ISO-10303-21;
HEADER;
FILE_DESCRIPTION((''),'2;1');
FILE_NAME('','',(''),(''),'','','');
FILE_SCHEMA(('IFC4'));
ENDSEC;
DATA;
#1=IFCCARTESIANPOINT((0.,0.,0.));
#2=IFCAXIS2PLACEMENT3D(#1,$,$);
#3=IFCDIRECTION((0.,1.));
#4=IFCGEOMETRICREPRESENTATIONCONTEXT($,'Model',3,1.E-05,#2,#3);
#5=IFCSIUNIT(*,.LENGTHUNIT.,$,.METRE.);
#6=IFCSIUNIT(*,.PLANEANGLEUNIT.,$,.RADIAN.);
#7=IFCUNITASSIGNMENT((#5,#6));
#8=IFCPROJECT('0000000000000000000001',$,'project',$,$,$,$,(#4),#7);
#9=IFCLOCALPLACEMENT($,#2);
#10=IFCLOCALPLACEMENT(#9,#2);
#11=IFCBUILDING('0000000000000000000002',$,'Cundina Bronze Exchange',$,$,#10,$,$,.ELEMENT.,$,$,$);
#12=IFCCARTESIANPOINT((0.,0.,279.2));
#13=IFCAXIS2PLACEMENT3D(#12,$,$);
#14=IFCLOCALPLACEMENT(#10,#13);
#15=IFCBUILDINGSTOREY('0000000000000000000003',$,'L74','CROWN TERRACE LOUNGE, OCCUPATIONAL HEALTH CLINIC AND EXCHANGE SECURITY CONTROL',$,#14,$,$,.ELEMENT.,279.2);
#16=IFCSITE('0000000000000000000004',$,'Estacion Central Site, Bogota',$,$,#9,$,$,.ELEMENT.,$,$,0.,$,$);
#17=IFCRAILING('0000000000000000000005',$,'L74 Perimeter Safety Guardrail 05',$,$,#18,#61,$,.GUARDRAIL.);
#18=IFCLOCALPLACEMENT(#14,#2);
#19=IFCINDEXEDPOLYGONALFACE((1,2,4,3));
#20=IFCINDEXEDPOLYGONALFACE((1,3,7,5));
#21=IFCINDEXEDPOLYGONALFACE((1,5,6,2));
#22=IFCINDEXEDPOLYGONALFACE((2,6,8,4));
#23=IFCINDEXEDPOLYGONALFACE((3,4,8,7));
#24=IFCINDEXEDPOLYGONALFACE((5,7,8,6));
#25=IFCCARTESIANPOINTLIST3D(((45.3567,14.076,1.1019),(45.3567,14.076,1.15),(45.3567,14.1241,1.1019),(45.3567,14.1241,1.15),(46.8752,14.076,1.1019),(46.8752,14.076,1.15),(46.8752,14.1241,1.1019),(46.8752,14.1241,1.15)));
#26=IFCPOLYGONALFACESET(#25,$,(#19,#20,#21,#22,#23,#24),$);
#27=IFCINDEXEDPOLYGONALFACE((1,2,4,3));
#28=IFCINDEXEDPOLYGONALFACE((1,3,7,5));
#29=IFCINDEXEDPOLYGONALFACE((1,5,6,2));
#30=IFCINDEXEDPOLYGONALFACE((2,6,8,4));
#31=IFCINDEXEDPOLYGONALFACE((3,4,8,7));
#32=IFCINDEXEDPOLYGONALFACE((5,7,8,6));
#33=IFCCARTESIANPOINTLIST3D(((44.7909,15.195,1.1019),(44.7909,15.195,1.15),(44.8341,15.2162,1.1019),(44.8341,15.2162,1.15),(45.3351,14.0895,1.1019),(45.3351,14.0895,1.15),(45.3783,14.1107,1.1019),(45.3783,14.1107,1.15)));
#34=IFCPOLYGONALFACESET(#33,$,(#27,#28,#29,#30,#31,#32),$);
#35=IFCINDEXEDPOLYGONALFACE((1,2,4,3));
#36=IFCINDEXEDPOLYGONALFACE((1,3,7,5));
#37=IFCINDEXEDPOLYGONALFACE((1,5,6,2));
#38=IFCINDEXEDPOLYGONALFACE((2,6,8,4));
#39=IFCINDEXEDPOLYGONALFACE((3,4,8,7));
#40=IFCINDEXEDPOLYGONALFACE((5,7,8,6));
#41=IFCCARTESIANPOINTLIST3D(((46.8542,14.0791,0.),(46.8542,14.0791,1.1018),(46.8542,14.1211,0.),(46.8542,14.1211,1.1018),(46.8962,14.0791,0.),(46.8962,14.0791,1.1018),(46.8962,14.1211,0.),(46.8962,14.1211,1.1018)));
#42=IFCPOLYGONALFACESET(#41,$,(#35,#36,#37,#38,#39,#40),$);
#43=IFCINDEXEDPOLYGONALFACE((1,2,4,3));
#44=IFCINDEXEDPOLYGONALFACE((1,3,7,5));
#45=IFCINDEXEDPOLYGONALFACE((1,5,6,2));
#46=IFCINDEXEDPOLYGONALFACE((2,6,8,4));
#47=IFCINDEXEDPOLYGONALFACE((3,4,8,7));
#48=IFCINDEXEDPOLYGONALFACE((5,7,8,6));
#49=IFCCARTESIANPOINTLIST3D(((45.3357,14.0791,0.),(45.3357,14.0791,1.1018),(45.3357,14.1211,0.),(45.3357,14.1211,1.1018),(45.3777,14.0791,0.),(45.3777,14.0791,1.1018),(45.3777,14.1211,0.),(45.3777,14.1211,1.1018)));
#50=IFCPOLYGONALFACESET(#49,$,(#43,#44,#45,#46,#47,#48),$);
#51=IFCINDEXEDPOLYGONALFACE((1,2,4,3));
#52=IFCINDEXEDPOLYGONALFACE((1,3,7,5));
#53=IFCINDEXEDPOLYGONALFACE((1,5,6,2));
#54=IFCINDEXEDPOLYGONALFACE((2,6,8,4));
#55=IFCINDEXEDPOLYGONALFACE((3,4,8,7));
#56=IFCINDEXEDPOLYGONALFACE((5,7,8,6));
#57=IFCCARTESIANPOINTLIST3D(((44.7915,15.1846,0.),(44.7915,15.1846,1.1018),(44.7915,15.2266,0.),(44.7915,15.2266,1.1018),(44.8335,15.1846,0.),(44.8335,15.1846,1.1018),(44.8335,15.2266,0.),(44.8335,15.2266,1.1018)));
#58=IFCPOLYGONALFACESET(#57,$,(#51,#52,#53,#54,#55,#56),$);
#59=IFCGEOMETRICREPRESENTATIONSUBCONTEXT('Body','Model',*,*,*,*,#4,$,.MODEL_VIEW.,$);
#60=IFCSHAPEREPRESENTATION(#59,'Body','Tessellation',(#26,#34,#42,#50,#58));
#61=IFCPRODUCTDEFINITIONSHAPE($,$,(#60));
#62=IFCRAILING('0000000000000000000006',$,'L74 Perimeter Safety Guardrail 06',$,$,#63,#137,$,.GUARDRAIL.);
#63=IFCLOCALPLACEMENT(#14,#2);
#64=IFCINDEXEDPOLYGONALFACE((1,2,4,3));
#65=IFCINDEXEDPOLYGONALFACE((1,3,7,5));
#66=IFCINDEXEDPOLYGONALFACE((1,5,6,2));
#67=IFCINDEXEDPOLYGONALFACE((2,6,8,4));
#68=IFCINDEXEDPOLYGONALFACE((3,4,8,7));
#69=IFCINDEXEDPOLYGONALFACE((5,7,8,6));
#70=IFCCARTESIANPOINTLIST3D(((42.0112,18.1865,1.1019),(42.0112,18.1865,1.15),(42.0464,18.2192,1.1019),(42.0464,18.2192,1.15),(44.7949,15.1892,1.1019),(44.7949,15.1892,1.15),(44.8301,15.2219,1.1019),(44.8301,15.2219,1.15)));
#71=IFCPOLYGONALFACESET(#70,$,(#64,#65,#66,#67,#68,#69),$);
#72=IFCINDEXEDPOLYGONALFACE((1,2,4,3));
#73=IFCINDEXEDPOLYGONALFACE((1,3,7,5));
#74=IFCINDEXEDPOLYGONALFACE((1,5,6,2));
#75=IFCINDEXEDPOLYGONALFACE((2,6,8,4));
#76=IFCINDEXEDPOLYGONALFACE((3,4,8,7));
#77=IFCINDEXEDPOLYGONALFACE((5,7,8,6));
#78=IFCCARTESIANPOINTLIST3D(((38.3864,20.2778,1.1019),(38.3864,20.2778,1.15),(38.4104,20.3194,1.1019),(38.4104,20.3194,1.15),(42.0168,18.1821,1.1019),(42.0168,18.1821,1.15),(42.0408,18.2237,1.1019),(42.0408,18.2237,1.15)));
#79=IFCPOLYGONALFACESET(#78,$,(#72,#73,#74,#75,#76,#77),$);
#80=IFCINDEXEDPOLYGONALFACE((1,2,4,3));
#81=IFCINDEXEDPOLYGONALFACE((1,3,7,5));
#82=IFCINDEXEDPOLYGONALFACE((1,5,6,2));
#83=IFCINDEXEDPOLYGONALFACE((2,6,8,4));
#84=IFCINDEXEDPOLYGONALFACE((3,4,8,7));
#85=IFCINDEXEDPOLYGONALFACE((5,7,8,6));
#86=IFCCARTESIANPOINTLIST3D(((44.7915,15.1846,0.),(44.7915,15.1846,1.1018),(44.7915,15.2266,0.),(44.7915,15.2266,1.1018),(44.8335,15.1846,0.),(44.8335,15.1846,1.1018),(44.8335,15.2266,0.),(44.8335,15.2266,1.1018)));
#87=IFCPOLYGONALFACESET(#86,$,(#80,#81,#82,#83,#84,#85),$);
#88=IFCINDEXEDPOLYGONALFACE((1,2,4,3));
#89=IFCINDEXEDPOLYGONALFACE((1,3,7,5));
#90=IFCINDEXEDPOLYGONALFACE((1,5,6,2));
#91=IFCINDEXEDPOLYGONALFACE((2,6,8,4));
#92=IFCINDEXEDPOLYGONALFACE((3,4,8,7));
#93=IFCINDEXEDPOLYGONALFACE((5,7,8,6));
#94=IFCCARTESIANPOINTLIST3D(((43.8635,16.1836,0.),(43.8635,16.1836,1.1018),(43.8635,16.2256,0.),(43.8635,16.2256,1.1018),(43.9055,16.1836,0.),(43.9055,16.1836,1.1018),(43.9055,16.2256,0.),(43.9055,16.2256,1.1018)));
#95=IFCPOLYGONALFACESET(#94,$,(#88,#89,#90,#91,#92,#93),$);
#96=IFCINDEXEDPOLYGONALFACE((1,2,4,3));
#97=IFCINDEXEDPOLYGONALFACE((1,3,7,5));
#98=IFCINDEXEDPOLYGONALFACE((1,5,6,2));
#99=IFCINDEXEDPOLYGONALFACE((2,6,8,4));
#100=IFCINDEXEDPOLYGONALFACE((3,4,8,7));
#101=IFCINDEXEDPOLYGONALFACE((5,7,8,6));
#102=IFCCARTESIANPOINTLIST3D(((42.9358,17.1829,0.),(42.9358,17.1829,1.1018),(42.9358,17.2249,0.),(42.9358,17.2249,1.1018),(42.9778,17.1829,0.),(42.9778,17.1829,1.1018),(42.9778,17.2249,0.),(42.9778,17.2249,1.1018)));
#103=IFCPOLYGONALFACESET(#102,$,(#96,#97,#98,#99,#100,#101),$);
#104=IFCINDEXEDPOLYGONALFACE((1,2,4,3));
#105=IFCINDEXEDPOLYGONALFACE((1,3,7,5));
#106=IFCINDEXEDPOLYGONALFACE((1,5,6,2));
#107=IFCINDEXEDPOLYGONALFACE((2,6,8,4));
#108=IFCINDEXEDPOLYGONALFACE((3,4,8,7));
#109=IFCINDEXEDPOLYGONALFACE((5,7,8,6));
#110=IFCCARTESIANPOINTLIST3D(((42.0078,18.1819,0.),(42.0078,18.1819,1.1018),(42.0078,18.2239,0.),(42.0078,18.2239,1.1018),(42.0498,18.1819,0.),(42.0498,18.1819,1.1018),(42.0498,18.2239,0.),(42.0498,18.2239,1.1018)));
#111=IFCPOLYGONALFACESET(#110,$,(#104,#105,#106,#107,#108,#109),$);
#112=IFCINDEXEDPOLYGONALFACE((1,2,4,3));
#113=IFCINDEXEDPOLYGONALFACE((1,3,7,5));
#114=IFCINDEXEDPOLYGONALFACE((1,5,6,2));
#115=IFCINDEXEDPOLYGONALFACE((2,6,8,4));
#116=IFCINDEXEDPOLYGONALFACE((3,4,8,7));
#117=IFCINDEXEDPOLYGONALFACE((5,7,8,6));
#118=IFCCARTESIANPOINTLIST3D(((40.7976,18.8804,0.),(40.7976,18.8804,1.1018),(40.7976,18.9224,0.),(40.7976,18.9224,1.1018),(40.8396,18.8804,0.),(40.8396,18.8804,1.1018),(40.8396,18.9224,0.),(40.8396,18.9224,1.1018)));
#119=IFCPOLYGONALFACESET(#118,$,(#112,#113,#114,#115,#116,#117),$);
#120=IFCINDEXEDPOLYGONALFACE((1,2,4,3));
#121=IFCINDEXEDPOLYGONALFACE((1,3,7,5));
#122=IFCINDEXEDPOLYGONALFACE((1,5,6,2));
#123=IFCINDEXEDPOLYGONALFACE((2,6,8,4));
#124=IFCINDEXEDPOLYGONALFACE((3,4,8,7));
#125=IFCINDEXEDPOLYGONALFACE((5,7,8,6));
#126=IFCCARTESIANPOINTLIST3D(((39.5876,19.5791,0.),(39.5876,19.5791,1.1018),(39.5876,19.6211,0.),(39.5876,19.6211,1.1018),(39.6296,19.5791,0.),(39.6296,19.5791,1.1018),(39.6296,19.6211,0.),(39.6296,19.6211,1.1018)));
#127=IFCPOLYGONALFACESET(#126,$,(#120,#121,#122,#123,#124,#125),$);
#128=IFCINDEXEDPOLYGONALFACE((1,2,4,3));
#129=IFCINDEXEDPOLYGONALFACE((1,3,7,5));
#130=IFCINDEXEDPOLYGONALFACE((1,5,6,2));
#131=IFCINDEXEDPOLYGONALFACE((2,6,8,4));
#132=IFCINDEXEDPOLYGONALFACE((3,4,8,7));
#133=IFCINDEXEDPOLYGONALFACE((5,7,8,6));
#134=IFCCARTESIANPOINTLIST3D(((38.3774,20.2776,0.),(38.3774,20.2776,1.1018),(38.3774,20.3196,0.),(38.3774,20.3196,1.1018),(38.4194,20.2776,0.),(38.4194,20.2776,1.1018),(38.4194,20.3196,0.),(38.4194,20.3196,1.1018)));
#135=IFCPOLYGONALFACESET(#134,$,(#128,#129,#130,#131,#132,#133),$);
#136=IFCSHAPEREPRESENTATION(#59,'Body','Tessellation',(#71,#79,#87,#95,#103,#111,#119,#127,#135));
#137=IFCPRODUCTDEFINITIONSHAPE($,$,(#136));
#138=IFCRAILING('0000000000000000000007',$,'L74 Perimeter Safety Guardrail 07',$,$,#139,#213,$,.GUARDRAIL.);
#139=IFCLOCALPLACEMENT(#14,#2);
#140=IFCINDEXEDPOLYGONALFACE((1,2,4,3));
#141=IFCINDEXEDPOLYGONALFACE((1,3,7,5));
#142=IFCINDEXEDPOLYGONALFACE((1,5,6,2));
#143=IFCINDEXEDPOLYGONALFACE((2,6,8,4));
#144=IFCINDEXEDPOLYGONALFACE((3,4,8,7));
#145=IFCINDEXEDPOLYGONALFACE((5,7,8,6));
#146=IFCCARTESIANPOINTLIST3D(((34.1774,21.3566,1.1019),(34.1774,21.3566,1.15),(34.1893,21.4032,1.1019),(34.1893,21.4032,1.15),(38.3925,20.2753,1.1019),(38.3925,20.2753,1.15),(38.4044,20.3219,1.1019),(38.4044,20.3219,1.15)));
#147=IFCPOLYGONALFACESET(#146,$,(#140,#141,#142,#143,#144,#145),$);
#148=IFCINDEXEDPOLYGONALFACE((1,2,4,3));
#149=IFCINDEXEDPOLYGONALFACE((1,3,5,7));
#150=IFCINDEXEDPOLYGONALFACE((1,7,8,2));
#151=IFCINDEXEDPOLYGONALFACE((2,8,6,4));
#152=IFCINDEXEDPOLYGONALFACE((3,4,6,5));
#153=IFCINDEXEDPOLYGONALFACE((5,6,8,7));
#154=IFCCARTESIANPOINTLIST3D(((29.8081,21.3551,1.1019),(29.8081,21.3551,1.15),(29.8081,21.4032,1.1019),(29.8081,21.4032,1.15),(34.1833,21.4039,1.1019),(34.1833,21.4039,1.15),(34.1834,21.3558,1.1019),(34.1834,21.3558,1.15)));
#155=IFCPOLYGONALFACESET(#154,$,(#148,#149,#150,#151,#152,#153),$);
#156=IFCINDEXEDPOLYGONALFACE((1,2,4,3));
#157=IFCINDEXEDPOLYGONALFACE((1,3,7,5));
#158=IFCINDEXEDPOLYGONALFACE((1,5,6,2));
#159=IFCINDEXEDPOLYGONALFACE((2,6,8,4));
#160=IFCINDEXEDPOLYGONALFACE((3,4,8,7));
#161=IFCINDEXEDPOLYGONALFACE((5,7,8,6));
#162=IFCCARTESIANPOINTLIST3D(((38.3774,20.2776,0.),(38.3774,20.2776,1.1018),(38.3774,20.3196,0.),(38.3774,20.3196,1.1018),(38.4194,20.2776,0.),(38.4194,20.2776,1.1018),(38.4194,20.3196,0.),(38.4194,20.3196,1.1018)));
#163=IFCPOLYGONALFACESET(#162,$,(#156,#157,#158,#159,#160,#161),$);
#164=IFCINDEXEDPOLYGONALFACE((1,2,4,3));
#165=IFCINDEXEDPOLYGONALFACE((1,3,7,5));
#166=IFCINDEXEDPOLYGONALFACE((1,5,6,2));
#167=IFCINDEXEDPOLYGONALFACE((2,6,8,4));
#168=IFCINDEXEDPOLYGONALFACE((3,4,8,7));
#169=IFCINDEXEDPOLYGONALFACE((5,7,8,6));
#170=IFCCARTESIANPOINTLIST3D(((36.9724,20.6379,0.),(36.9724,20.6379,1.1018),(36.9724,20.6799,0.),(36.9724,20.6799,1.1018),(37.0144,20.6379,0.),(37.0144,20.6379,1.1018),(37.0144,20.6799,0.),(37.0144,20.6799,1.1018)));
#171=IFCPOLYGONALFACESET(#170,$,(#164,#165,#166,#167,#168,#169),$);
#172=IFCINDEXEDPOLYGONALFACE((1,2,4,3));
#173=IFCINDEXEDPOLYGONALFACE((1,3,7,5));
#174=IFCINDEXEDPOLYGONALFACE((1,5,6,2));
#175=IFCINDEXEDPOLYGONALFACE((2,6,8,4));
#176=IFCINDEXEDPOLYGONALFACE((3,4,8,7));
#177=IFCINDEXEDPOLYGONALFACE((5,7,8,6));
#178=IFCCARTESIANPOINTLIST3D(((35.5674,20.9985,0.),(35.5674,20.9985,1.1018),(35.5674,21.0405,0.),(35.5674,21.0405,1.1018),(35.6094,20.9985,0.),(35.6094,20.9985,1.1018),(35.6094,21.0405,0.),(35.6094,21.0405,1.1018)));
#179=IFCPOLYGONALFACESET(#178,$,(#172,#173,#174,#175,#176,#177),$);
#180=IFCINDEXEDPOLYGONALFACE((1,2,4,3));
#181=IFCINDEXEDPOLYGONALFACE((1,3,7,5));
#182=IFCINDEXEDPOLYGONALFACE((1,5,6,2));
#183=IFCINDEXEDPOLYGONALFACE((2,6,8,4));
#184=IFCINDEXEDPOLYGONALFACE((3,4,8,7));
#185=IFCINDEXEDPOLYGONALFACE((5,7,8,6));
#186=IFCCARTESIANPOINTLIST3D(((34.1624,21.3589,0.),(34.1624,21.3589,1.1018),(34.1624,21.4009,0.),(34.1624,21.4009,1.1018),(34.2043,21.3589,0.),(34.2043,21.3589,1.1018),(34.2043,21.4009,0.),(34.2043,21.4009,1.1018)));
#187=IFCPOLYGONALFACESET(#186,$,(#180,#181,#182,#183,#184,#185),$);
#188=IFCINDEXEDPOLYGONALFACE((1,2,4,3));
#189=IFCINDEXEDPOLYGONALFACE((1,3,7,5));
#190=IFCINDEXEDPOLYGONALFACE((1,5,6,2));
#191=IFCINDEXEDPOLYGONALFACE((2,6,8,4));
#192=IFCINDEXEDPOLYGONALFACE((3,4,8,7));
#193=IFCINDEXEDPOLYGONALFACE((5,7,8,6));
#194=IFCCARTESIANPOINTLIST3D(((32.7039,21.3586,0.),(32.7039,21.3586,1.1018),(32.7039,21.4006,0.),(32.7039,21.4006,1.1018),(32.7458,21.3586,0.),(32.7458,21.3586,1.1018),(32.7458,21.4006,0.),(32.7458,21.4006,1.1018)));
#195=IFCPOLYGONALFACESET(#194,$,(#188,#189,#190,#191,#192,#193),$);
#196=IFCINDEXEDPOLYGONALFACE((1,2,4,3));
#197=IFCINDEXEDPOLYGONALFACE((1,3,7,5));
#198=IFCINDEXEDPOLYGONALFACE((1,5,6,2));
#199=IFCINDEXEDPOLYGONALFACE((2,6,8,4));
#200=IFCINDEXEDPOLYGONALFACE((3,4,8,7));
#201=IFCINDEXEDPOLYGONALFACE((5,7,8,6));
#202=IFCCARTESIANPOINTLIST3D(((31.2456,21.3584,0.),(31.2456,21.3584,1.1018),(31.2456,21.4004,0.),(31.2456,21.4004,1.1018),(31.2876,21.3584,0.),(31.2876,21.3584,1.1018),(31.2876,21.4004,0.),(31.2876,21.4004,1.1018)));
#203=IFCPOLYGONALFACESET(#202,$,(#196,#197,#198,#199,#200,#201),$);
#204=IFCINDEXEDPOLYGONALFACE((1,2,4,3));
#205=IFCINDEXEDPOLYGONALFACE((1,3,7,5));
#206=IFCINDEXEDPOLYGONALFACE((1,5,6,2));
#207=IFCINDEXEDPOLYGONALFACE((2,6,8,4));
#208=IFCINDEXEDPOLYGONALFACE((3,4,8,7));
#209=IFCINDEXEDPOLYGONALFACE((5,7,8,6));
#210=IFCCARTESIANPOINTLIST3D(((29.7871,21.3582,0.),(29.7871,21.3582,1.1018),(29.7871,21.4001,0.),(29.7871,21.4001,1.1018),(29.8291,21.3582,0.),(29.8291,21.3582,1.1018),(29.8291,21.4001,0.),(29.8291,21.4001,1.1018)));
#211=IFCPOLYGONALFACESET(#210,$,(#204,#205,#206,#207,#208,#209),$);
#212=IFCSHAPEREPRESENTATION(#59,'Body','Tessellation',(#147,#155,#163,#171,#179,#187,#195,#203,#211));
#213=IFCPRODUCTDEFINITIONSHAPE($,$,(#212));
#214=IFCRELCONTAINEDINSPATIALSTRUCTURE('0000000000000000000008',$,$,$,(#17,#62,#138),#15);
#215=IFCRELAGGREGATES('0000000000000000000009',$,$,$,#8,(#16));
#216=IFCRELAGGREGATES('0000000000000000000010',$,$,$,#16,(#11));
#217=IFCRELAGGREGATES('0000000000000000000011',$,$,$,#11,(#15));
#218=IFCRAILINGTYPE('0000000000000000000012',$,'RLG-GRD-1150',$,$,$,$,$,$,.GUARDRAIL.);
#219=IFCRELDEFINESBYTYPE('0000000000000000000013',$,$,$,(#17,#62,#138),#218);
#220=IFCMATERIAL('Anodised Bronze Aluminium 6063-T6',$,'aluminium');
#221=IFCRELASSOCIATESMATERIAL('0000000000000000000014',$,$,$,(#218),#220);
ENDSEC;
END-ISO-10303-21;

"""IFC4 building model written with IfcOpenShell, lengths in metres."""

from ifc_helpers import new_model, si_unit, direction, frame, origin, origin_2d, place, context, subcontext, project, spatial, rectangle, extrude, material, type_object, element, save


model = new_model("IFC4")

# Units and contexts
model_context = context("Model", 3, precision=1e-05, world=origin(), true_north=direction((0.0, 1.0)))
body_context = subcontext(model_context, "Body", "Model", "MODEL_VIEW")
ifc_project = project(units=[si_unit("LENGTHUNIT", "METRE"), si_unit("PLANEANGLEUNIT", "RADIAN")], contexts=[model_context])

# Site, building, storey
site_placement = place(None, origin())
site = spatial("IfcSite", under=ifc_project, at=site_placement, Name="Estacion Central Site, Bogota", CompositionType="ELEMENT", RefElevation=0.0)
building_placement = place(site_placement, origin())
building = spatial("IfcBuilding", under=site, at=building_placement, Name="Cundina Bronze Exchange", CompositionType="ELEMENT")
storey_placement = place(building_placement, frame((0.0, 0.0, 279.2)))
storey = spatial("IfcBuildingStorey", under=building, at=storey_placement, Name="L74", Description="CROWN TERRACE LOUNGE, OCCUPATIONAL HEALTH CLINIC AND EXCHANGE SECURITY CONTROL", CompositionType="ELEMENT", Elevation=279.2)

# Shared definitions
ifc_material_1 = material(Name="Anodised Bronze Aluminium 6063-T6", Category="aluminium")

# Railings
railing_type = type_object("IfcRailingType", Name="RLG-GRD-1150", PredefinedType="GUARDRAIL", material=ifc_material_1)
railing_1_placement = place(storey_placement, frame((46.8752, 14.1001, 0.0)))
element("IfcRailing", 1, at=railing_1_placement, inside=storey, type_object=railing_type, Name="L74 Perimeter Safety Guardrail 05", PredefinedType="GUARDRAIL", context=body_context, shape_type="SweptSolid", body=[
    extrude(rectangle(XDim=0.0481, YDim=0.0481, at=origin_2d()), frame((0.0, 0.0, 1.126), z_axis=(-1.0, 0.0, 0.0), x_axis=(0.0, -1.0, 0.0)), (0.0, 0.0, 1.0), 1.5186),
    extrude(rectangle(XDim=0.0481, YDim=0.0481, at=origin_2d()), frame((-1.5186, 0.0, 1.126), z_axis=(-0.441657, 0.897184, 0.0), x_axis=(-0.897184, -0.441657, 0.0)), (0.0, 0.0, 1.0), 1.2322),
    extrude(rectangle(XDim=0.042, YDim=0.042, at=origin_2d()), origin(), (0.0, 0.0, 1.0), 1.1018),
    extrude(rectangle(XDim=0.042, YDim=0.042, at=origin_2d()), frame((-1.5186, 0.0, 0.0)), (0.0, 0.0, 1.0), 1.1018),
    extrude(rectangle(XDim=0.042, YDim=0.042, at=origin_2d()), frame((-2.0627, 1.1055, 0.0)), (0.0, 0.0, 1.0), 1.1018),
])
railing_2_placement = place(storey_placement, frame((44.8125, 15.2056, 0.0)))
element("IfcRailing", 2, at=railing_2_placement, inside=storey, type_object=railing_type, Name="L74 Perimeter Safety Guardrail 06", PredefinedType="GUARDRAIL", context=body_context, shape_type="SweptSolid", body=[
    extrude(rectangle(XDim=0.0481, YDim=0.0481, at=origin_2d()), frame((0.0, 0.0, 1.126), z_axis=(-0.680513, 0.732736, 0.0), x_axis=(-0.732736, -0.680513, 0.0)), (0.0, 0.0, 1.0), 4.0906),
    extrude(rectangle(XDim=0.0481, YDim=0.0481, at=origin_2d()), frame((-2.7837, 2.9973, 1.126), z_axis=(-0.866056, 0.499948, 0.0), x_axis=(-0.499948, -0.866056, 0.0)), (0.0, 0.0, 1.0), 4.1919),
    extrude(rectangle(XDim=0.042, YDim=0.042, at=origin_2d()), origin(), (0.0, 0.0, 1.0), 1.1018),
    extrude(rectangle(XDim=0.042, YDim=0.042, at=origin_2d()), frame((-0.928, 0.999, 0.0)), (0.0, 0.0, 1.0), 1.1018),
    extrude(rectangle(XDim=0.042, YDim=0.042, at=origin_2d()), frame((-1.8557, 1.9983, 0.0)), (0.0, 0.0, 1.0), 1.1018),
    extrude(rectangle(XDim=0.042, YDim=0.042, at=origin_2d()), frame((-2.7837, 2.9973, 0.0)), (0.0, 0.0, 1.0), 1.1018),
    extrude(rectangle(XDim=0.042, YDim=0.042, at=origin_2d()), frame((-3.9939, 3.6958, 0.0)), (0.0, 0.0, 1.0), 1.1018),
    extrude(rectangle(XDim=0.042, YDim=0.042, at=origin_2d()), frame((-5.2039, 4.3945, 0.0)), (0.0, 0.0, 1.0), 1.1018),
    extrude(rectangle(XDim=0.042, YDim=0.042, at=origin_2d()), frame((-6.4141, 5.093, 0.0)), (0.0, 0.0, 1.0), 1.1018),
])
railing_3_placement = place(storey_placement, frame((38.3984, 20.2986, 0.0)))
element("IfcRailing", 3, at=railing_3_placement, inside=storey, type_object=railing_type, Name="L74 Perimeter Safety Guardrail 07", PredefinedType="GUARDRAIL", context=body_context, shape_type="SweptSolid", body=[
    extrude(rectangle(XDim=0.0481, YDim=0.0481, at=origin_2d()), frame((0.0, 0.0, 1.126), z_axis=(-0.968636, 0.248485, 0.0), x_axis=(-0.248485, -0.968636, 0.0)), (0.0, 0.0, 1.0), 4.3516),
    extrude(rectangle(XDim=0.0481, YDim=0.0481, at=origin_2d()), frame((-4.2151, 1.0813, 1.126), z_axis=(-1.0, -0.000167, 0.0), x_axis=(0.000167, -1.0, 0.0)), (0.0, 0.0, 1.0), 4.3752),
    extrude(rectangle(XDim=0.042, YDim=0.042, at=origin_2d()), origin(), (0.0, 0.0, 1.0), 1.1018),
    extrude(rectangle(XDim=0.042, YDim=0.042, at=origin_2d()), frame((-1.405, 0.3604, 0.0)), (0.0, 0.0, 1.0), 1.1018),
    extrude(rectangle(XDim=0.042, YDim=0.042, at=origin_2d()), frame((-2.8101, 0.7209, 0.0)), (0.0, 0.0, 1.0), 1.1018),
    extrude(rectangle(XDim=0.042, YDim=0.042, at=origin_2d()), frame((-4.2151, 1.0813, 0.0)), (0.0, 0.0, 1.0), 1.1018),
    extrude(rectangle(XDim=0.042, YDim=0.042, at=origin_2d()), frame((-5.6736, 1.0811, 0.0)), (0.0, 0.0, 1.0), 1.1018),
    extrude(rectangle(XDim=0.042, YDim=0.042, at=origin_2d()), frame((-7.1318, 1.0808, 0.0)), (0.0, 0.0, 1.0), 1.1018),
    extrude(rectangle(XDim=0.042, YDim=0.042, at=origin_2d()), frame((-8.5903, 1.0806, 0.0)), (0.0, 0.0, 1.0), 1.1018),
])

save(model, "model.ifc")
